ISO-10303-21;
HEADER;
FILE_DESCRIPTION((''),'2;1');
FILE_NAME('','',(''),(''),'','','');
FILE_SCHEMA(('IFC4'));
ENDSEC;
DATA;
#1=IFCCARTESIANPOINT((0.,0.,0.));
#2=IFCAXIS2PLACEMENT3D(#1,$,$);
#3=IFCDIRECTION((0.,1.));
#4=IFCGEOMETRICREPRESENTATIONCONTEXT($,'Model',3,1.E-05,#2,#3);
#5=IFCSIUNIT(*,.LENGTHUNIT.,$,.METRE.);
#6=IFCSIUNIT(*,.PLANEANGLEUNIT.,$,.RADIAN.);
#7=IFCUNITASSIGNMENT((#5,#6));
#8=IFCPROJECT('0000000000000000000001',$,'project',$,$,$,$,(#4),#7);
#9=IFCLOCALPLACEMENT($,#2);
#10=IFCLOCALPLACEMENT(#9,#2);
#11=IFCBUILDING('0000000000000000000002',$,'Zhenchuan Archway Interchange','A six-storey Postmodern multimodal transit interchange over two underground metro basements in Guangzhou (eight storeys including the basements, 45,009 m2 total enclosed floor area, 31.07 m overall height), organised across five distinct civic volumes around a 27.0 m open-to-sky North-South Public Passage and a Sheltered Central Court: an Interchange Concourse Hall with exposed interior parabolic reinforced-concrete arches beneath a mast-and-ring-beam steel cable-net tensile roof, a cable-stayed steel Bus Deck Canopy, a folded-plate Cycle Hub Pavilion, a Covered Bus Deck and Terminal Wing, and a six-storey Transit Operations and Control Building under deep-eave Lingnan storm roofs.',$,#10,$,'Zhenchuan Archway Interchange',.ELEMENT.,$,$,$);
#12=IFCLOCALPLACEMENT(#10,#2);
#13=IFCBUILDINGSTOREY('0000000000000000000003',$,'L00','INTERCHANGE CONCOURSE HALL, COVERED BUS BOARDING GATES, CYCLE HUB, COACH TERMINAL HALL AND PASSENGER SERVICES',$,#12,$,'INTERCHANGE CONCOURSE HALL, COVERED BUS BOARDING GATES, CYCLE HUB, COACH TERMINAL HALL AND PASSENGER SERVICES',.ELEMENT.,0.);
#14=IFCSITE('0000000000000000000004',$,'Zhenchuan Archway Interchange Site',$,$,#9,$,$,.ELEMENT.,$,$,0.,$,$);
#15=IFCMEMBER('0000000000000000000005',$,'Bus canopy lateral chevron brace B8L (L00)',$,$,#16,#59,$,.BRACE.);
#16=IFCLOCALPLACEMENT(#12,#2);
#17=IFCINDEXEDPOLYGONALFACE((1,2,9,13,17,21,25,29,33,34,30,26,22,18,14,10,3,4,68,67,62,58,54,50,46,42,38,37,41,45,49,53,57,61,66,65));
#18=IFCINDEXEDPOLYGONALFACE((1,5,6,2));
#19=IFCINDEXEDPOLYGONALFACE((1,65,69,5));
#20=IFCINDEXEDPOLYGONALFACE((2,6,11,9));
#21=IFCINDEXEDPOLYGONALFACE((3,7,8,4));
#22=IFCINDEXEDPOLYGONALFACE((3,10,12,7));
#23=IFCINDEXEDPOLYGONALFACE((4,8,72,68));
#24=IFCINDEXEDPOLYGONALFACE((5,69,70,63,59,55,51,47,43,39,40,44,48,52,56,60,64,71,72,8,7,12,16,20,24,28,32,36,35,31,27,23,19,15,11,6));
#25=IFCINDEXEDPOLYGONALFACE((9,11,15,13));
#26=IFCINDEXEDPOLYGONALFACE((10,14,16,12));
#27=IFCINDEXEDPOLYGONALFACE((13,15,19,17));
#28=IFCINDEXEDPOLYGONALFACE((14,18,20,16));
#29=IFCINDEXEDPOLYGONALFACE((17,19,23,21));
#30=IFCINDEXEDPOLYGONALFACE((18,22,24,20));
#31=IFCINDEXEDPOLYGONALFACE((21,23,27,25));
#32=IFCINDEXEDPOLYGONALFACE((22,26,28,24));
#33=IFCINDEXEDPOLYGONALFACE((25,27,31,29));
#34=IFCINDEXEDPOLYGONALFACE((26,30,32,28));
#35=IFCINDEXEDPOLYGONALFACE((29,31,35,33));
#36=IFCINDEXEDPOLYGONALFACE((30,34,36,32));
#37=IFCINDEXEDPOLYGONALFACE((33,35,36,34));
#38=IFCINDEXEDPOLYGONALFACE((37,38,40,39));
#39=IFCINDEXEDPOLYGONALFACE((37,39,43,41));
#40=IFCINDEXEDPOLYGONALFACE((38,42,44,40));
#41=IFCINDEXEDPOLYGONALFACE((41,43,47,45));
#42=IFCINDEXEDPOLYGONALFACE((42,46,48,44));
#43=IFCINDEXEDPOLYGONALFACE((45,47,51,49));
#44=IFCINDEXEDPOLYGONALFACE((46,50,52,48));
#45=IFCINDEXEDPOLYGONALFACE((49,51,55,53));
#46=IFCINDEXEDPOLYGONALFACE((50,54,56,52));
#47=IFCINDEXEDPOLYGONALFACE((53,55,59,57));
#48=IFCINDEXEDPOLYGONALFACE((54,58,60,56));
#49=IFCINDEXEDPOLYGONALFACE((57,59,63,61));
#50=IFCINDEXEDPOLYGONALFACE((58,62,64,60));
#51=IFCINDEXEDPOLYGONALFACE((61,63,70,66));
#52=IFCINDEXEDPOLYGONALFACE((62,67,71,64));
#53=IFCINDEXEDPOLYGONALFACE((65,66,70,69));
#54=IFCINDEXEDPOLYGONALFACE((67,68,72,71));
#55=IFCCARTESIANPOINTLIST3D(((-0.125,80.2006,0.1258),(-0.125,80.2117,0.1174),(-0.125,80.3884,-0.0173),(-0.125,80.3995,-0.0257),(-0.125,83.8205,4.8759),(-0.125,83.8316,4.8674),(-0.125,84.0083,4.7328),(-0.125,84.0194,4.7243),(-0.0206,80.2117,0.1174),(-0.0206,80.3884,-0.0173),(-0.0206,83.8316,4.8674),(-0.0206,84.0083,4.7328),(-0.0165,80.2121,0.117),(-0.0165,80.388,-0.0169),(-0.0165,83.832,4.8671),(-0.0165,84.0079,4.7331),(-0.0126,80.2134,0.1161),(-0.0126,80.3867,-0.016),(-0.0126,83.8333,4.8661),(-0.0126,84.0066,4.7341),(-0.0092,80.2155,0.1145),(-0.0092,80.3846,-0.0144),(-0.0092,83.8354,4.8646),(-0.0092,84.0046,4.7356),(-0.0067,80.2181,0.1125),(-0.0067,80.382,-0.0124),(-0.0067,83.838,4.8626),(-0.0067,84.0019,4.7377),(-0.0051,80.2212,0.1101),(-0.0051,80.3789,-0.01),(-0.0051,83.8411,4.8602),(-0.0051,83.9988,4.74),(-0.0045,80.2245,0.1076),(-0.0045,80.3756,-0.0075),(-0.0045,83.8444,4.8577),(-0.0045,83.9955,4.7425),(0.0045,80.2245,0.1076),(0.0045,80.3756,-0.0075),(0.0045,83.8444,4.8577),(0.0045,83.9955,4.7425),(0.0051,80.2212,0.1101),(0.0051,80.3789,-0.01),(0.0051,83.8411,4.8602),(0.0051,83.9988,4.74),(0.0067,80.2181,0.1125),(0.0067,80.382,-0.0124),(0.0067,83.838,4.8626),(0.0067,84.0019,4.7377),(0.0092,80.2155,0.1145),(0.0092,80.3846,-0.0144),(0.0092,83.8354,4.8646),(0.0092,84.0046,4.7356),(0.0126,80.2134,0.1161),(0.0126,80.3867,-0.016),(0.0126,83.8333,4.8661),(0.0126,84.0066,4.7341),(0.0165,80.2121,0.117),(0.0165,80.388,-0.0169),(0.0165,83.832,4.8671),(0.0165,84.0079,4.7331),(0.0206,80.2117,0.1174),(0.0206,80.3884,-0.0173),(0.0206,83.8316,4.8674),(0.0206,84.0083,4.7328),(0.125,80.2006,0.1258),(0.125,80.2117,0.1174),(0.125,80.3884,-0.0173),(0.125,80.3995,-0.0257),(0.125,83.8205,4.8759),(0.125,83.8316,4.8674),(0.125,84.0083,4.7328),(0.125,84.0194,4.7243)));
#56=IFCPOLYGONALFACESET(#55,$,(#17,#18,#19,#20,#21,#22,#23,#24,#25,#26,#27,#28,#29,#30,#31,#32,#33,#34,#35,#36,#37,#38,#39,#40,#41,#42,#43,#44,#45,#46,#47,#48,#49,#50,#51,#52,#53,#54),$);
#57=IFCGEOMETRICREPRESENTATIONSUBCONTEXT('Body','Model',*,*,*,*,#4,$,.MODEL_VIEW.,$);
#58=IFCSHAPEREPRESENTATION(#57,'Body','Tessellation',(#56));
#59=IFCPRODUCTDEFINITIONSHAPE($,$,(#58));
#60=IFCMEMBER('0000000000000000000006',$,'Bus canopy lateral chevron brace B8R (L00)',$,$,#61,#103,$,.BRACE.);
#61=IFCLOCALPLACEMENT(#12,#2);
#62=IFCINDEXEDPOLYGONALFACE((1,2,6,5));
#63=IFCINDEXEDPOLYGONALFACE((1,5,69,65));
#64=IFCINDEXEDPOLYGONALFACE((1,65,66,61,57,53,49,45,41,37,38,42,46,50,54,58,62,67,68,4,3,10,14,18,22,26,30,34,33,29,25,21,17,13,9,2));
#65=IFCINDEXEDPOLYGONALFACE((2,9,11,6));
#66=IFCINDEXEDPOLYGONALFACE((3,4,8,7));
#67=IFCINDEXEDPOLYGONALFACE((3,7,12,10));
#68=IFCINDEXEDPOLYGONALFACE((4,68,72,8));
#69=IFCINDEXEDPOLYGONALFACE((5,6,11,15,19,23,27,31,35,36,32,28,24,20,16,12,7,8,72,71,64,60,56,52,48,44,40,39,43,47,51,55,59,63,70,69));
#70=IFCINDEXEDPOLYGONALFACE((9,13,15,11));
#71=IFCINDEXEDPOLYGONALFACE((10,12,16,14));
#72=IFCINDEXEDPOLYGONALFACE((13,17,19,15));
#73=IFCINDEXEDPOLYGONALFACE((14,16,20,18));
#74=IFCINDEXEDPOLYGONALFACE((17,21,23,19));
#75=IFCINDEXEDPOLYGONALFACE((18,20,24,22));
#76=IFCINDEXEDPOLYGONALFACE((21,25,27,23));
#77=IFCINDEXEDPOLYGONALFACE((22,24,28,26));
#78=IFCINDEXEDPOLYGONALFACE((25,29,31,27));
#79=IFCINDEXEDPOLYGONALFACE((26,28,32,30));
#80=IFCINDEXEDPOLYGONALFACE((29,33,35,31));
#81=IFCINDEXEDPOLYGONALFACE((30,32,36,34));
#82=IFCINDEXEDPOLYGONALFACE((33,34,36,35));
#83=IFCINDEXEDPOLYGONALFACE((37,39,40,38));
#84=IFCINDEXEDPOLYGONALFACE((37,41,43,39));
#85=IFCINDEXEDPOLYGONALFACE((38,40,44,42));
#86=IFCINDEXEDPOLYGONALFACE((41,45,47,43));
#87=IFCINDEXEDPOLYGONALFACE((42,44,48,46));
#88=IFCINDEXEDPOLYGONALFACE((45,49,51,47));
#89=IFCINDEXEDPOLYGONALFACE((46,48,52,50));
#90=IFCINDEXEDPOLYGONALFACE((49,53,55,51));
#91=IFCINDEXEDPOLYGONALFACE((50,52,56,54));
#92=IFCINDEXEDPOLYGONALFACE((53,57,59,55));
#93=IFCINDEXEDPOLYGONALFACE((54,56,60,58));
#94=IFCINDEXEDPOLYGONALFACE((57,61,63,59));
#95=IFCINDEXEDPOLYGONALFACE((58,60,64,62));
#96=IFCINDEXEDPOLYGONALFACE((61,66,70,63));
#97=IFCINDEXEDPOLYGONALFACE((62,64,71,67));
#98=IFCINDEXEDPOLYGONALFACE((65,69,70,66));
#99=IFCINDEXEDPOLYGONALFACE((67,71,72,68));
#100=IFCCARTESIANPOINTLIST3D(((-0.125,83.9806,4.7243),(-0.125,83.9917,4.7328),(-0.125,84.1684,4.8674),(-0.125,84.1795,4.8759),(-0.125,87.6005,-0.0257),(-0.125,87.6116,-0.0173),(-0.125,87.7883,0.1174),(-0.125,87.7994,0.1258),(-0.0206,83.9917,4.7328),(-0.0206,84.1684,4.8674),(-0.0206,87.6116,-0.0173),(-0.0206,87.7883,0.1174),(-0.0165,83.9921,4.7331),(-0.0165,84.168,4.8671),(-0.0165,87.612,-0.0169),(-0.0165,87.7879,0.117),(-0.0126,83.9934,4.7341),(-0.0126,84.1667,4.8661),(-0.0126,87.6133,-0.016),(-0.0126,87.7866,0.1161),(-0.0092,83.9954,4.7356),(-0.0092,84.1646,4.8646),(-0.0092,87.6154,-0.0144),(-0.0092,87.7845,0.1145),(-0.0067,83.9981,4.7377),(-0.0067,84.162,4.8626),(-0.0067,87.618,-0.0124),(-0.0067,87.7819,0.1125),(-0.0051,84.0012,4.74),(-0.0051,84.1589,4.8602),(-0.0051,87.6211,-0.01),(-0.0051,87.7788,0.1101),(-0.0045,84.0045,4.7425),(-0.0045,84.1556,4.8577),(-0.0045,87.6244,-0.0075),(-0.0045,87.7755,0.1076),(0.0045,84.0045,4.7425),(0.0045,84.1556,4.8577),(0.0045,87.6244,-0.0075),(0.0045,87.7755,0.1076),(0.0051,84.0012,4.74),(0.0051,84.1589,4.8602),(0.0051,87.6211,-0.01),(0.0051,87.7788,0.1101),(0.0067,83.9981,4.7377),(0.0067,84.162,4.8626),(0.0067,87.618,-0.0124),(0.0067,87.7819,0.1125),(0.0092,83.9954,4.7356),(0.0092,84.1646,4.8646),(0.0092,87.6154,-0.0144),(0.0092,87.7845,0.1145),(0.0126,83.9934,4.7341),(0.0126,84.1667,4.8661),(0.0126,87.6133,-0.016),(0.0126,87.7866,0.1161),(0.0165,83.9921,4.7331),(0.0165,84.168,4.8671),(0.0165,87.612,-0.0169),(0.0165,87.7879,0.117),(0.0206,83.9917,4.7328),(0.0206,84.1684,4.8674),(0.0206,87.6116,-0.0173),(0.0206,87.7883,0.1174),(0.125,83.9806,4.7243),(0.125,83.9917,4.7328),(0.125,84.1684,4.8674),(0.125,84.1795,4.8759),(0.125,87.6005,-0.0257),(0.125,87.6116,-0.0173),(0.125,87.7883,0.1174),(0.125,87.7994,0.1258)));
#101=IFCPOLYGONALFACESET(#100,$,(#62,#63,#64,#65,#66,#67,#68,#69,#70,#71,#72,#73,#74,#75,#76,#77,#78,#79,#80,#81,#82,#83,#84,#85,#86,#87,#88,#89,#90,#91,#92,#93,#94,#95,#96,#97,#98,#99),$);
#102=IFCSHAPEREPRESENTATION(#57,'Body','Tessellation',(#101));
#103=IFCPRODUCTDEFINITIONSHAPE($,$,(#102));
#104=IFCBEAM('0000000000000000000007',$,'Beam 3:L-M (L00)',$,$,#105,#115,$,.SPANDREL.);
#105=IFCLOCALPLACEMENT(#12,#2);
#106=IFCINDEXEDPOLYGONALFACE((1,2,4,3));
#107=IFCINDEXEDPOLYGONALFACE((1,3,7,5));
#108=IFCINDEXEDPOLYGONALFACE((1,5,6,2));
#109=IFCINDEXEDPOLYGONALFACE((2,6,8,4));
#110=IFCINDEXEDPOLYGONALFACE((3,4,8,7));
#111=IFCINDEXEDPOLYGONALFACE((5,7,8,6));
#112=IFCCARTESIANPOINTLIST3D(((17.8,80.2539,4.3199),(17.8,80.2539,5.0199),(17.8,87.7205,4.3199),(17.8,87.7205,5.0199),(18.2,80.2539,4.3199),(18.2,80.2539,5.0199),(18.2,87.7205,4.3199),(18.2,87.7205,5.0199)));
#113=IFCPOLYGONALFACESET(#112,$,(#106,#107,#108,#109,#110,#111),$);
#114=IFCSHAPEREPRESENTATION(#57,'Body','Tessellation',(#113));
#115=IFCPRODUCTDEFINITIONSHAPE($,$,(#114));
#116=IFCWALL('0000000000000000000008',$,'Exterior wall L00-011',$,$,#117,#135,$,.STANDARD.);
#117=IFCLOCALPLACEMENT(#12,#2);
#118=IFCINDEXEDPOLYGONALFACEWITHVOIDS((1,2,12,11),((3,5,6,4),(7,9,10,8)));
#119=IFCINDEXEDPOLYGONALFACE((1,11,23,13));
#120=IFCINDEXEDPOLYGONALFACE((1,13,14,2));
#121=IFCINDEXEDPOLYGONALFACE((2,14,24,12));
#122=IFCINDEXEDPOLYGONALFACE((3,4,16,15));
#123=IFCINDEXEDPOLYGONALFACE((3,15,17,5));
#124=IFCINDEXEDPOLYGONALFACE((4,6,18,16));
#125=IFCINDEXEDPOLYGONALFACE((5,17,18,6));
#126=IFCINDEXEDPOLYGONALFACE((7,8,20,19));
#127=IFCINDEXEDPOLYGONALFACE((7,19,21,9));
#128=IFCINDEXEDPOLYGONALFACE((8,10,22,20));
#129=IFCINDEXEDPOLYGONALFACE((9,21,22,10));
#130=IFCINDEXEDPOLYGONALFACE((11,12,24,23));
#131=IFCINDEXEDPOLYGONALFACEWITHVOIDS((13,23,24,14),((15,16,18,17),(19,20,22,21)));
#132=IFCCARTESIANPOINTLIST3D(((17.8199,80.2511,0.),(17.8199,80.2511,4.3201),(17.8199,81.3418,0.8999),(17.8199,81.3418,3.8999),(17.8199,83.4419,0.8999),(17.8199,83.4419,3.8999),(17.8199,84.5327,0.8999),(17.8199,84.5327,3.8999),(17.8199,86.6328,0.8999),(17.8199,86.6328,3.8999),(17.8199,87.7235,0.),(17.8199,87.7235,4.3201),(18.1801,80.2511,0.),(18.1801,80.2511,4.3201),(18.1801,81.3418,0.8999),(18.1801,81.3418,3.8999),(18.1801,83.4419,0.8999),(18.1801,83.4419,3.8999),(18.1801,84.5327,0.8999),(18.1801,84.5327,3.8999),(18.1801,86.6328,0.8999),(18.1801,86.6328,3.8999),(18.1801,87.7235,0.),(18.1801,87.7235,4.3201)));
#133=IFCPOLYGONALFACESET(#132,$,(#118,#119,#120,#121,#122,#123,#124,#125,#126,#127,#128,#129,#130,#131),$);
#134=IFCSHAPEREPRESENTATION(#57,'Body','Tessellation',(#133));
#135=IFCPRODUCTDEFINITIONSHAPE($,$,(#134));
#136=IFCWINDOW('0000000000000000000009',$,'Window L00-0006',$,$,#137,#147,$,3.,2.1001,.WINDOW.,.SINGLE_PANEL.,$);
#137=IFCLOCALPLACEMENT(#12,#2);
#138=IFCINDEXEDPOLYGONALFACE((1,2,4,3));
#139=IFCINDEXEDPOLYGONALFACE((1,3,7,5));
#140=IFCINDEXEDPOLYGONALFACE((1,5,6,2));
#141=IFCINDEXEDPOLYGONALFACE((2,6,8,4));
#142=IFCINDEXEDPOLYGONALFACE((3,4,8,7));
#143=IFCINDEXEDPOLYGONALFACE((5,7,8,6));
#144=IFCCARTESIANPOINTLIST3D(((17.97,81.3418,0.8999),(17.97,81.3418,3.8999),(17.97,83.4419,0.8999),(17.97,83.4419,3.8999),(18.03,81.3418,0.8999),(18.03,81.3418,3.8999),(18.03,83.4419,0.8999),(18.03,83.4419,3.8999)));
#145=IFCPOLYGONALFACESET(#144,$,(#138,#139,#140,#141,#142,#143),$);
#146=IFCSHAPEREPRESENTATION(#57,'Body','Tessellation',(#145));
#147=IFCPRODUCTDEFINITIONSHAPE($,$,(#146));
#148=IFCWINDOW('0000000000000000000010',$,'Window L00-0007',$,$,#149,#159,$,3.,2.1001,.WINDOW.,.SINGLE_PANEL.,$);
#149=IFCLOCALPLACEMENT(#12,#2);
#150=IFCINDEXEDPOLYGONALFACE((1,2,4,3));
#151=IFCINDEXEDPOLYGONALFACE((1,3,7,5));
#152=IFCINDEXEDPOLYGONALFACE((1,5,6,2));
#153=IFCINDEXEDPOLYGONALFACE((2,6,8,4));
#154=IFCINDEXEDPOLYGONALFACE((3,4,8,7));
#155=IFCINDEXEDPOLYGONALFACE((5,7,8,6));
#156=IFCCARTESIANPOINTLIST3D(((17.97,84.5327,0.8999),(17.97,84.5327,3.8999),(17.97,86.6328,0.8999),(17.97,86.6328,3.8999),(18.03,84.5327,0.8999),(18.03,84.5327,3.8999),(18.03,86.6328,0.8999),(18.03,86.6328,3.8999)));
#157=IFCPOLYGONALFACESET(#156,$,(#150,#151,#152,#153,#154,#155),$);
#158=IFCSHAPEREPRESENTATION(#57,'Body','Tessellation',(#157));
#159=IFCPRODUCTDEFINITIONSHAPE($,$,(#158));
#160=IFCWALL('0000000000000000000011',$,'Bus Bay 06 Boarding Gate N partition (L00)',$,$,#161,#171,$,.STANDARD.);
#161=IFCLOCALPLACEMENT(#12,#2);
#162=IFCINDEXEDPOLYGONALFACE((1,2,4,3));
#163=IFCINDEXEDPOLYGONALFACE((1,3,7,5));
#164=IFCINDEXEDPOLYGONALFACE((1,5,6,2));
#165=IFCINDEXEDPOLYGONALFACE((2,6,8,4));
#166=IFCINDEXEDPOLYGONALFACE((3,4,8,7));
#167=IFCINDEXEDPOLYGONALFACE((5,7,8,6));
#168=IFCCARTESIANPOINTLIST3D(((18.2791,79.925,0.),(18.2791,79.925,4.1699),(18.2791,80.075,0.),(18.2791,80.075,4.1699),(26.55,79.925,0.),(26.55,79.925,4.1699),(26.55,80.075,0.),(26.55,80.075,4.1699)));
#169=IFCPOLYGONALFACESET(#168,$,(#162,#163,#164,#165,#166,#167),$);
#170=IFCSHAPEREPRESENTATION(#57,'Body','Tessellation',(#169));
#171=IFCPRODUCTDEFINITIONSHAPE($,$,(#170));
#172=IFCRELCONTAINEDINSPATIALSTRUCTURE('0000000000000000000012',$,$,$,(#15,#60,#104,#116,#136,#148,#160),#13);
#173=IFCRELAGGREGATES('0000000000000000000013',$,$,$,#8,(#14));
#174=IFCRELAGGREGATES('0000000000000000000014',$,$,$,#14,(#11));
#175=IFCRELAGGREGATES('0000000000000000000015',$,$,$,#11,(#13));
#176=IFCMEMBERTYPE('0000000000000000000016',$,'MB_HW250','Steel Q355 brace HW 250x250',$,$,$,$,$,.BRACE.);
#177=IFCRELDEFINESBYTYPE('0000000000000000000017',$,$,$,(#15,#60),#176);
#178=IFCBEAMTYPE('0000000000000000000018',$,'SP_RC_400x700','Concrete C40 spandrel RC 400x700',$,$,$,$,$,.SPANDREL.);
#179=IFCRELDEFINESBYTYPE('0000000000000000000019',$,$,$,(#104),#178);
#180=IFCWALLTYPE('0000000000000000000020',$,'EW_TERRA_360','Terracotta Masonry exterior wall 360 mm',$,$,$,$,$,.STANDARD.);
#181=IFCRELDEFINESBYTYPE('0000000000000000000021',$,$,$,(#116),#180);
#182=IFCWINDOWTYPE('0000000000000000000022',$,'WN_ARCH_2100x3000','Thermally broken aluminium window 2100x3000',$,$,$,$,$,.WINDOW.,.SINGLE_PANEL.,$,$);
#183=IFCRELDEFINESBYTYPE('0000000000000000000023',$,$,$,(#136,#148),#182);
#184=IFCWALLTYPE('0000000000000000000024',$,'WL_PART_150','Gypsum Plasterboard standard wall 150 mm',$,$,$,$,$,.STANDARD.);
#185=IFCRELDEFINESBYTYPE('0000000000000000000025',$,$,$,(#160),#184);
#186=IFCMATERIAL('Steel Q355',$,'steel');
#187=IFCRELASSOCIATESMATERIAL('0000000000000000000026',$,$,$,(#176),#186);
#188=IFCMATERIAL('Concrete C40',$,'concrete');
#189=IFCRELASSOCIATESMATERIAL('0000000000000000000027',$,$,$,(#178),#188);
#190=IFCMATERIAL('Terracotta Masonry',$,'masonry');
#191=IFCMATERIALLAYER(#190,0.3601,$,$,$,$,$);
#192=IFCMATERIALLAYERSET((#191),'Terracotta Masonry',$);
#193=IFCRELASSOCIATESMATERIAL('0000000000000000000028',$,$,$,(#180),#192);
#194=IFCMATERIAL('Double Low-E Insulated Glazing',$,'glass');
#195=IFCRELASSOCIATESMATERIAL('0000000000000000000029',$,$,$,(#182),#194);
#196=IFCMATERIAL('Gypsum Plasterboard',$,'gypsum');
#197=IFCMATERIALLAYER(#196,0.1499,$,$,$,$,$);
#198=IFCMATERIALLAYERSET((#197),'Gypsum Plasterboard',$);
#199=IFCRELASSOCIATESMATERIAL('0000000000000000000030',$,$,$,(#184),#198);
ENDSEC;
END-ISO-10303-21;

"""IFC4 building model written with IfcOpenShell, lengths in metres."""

from ifc_helpers import new_model, si_unit, direction, frame, frame_2d, origin, origin_2d, place, context, subcontext, project, spatial, rectangle, i_section, extrude, material, layer, layer_set, material_profile, profile_set, type_object, element, fill, save


model = new_model("IFC4")

# Units and contexts
model_context = context("Model", 3, precision=1e-05, world=origin(), true_north=direction((0.0, 1.0)))
body_context = subcontext(model_context, "Body", "Model", "MODEL_VIEW")
ifc_project = project(units=[si_unit("LENGTHUNIT", "METRE"), si_unit("PLANEANGLEUNIT", "RADIAN")], contexts=[model_context])

# Site, building, storey
site_placement = place(None, origin())
site = spatial("IfcSite", under=ifc_project, at=site_placement, Name="Zhenchuan Archway Interchange Site", CompositionType="ELEMENT", RefElevation=0.0)
building_placement = place(site_placement, origin())
building = spatial("IfcBuilding", under=site, at=building_placement, Name="Zhenchuan Archway Interchange", Description="A six-storey Postmodern multimodal transit interchange over two underground metro basements in Guangzhou (eight storeys including the basements, 45,009 m2 total enclosed floor area, 31.07 m overall height), organised across five distinct civic volumes around a 27.0 m open-to-sky North-South Public Passage and a Sheltered Central Court: an Interchange Concourse Hall with exposed interior parabolic reinforced-concrete arches beneath a mast-and-ring-beam steel cable-net tensile roof, a cable-stayed steel Bus Deck Canopy, a folded-plate Cycle Hub Pavilion, a Covered Bus Deck and Terminal Wing, and a six-storey Transit Operations and Control Building under deep-eave Lingnan storm roofs.", LongName="Zhenchuan Archway Interchange", CompositionType="ELEMENT")
storey_placement = place(building_placement, origin())
storey = spatial("IfcBuildingStorey", under=building, at=storey_placement, Name="L00", Description="INTERCHANGE CONCOURSE HALL, COVERED BUS BOARDING GATES, CYCLE HUB, COACH TERMINAL HALL AND PASSENGER SERVICES", LongName="INTERCHANGE CONCOURSE HALL, COVERED BUS BOARDING GATES, CYCLE HUB, COACH TERMINAL HALL AND PASSENGER SERVICES", CompositionType="ELEMENT", Elevation=0.0)

# Shared definitions
ifc_material_1 = material(Name="Concrete C40", Category="concrete")

# Members
ifc_material_2 = material(Name="Steel Q355", Category="steel")
ifc_material_profile_1 = material_profile(ifc_material_2, i_section(OverallWidth=0.25, OverallDepth=0.25, WebThickness=0.009, FlangeThickness=0.0139, FilletRadius=0.0161, at=origin_2d()), Name="HW 250x250")
ifc_profile_set_1 = profile_set([ifc_material_profile_1], Name="Steel Q355")
member_type = type_object("IfcMemberType", Name="MB_HW250", Description="Steel Q355 brace HW 250x250", PredefinedType="BRACE", material=ifc_profile_set_1)
for number, where, z_axis, x_axis, name in (
    (1, (0.0, 80.3, 0.05), (0.0, 0.606131, 0.795365), (-1.0, 0.0, 0.0), "Bus canopy lateral chevron brace B8L (L00)"),
    (2, (0.0, 87.7, 0.05), (0.0, -0.606131, 0.795365), (1.0, 0.0, 0.0), "Bus canopy lateral chevron brace B8R (L00)"),
):
    element("IfcMember", number, at=place(storey_placement, frame(where, z_axis=z_axis, x_axis=x_axis)), inside=storey, type_object=member_type, Name=name, PredefinedType="BRACE", context=body_context, shape_type="SweptSolid", body=[
        extrude(i_section(OverallWidth=0.25, OverallDepth=0.25, WebThickness=0.009, FlangeThickness=0.0139, FilletRadius=0.0161, at=origin_2d()), origin(), (0.0, 0.0, 1.0), 5.9722),
    ])

# Beam
ifc_material_profile_2 = material_profile(ifc_material_1, rectangle(XDim=0.3999, YDim=0.7, at=origin_2d()), Name="RC 400x700")
ifc_profile_set_2 = profile_set([ifc_material_profile_2], Name="Concrete C40")
beam_type_1 = type_object("IfcBeamType", Name="SP_RC_400x700", Description="Concrete C40 spandrel RC 400x700", PredefinedType="SPANDREL", material=ifc_profile_set_2)
beam_1_placement = place(storey_placement, frame((18.0, 80.2539, 4.6699), z_axis=(0.0, 1.0, 0.0), x_axis=(-1.0, 0.0, 0.0)))
element("IfcBeam", 3, at=beam_1_placement, inside=storey, type_object=beam_type_1, Name="Beam 3:L-M (L00)", PredefinedType="SPANDREL", context=body_context, shape_type="SweptSolid", body=[
    extrude(rectangle(XDim=0.3999, YDim=0.7, at=origin_2d()), origin(), (0.0, 0.0, 1.0), 7.4666),
])

# Wall, openings, windows
ifc_material_3 = material(Name="Terracotta Masonry", Category="masonry")
ifc_layer_1 = layer(ifc_material_3, 0.3601)
ifc_layer_set_1 = layer_set([ifc_layer_1], Name="Terracotta Masonry")
wall_type_1 = type_object("IfcWallType", Name="EW_TERRA_360", Description="Terracotta Masonry exterior wall 360 mm", PredefinedType="STANDARD", material=ifc_layer_set_1)
wall_1_placement = place(storey_placement, frame((18.0, 80.251, 0.0), z_axis=(0.0, 0.0, 1.0), x_axis=(0.0, 1.0, 0.0)))
wall_1 = element("IfcWall", 4, at=wall_1_placement, inside=storey, type_object=wall_type_1, Name="Exterior wall L00-011", PredefinedType="STANDARD", context=body_context, shape_type="SweptSolid", body=[
    extrude(rectangle(XDim=7.4724, YDim=0.3601, at=frame_2d((3.7363, 0.0))), origin(), (0.0, 0.0, 1.0), 4.3201),
])
opening_1_placement = place(wall_1_placement, frame((1.0908, 0.0, 0.8999)))
opening_1 = element("IfcOpeningElement", 5, at=opening_1_placement, cuts=wall_1, PredefinedType="OPENING", context=body_context, shape_type="SweptSolid", body=[
    extrude(rectangle(XDim=2.1001, YDim=3.0, at=frame_2d((1.05, 1.5))), frame((0.0, 0.1919, 0.0), z_axis=(0.0, -1.0, 0.0), x_axis=(1.0, 0.0, 0.0)), (0.0, 0.0, 1.0), 0.384),
])
opening_2_placement = place(wall_1_placement, frame((4.2817, 0.0, 0.8999)))
opening_2 = element("IfcOpeningElement", 6, at=opening_2_placement, cuts=wall_1, PredefinedType="OPENING", context=body_context, shape_type="SweptSolid", body=[
    extrude(rectangle(XDim=2.1001, YDim=3.0, at=frame_2d((1.05, 1.5))), frame((0.0, 0.1919, 0.0), z_axis=(0.0, -1.0, 0.0), x_axis=(1.0, 0.0, 0.0)), (0.0, 0.0, 1.0), 0.384),
])
ifc_material_4 = material(Name="Double Low-E Insulated Glazing", Category="glass")
window_type = type_object("IfcWindowType", Name="WN_ARCH_2100x3000", Description="Thermally broken aluminium window 2100x3000", PartitioningType="SINGLE_PANEL", PredefinedType="WINDOW", material=ifc_material_4)
window_1_placement = place(opening_1_placement, origin())
window_1 = element("IfcWindow", 7, at=window_1_placement, inside=storey, type_object=window_type, Name="Window L00-0006", OverallHeight=3.0, OverallWidth=2.1001, PartitioningType="SINGLE_PANEL", PredefinedType="WINDOW", context=body_context, shape_type="SweptSolid", body=[
    extrude(rectangle(XDim=2.1001, YDim=3.0, at=frame_2d((1.05, 1.5))), frame((0.0, 0.03, 0.0), z_axis=(0.0, -1.0, 0.0), x_axis=(1.0, 0.0, 0.0)), (0.0, 0.0, 1.0), 0.0601),
])
fill(opening_1, window_1)
window_2_placement = place(opening_2_placement, origin())
window_2 = element("IfcWindow", 8, at=window_2_placement, inside=storey, type_object=window_type, Name="Window L00-0007", OverallHeight=3.0, OverallWidth=2.1001, PartitioningType="SINGLE_PANEL", PredefinedType="WINDOW", context=body_context, shape_type="SweptSolid", body=[
    extrude(rectangle(XDim=2.1001, YDim=3.0, at=frame_2d((1.05, 1.5))), frame((0.0, 0.03, 0.0), z_axis=(0.0, -1.0, 0.0), x_axis=(1.0, 0.0, 0.0)), (0.0, 0.0, 1.0), 0.0601),
])
fill(opening_2, window_2)

# Wall
ifc_material_5 = material(Name="Gypsum Plasterboard", Category="gypsum")
ifc_layer_2 = layer(ifc_material_5, 0.1499)
ifc_layer_set_2 = layer_set([ifc_layer_2], Name="Gypsum Plasterboard")
wall_type_2 = type_object("IfcWallType", Name="WL_PART_150", Description="Gypsum Plasterboard standard wall 150 mm", PredefinedType="STANDARD", material=ifc_layer_set_2)
wall_2_placement = place(storey_placement, frame((18.2791, 80.0, 0.0), z_axis=(0.0, 0.0, 1.0), x_axis=(1.0, 0.0, 0.0)))
element("IfcWall", 9, at=wall_2_placement, inside=storey, type_object=wall_type_2, Name="Bus Bay 06 Boarding Gate N partition (L00)", PredefinedType="STANDARD", context=body_context, shape_type="SweptSolid", body=[
    extrude(rectangle(XDim=8.271, YDim=0.1499, at=frame_2d((4.1355, 0.0))), origin(), (0.0, 0.0, 1.0), 4.1699),
])

save(model, "model.ifc")
